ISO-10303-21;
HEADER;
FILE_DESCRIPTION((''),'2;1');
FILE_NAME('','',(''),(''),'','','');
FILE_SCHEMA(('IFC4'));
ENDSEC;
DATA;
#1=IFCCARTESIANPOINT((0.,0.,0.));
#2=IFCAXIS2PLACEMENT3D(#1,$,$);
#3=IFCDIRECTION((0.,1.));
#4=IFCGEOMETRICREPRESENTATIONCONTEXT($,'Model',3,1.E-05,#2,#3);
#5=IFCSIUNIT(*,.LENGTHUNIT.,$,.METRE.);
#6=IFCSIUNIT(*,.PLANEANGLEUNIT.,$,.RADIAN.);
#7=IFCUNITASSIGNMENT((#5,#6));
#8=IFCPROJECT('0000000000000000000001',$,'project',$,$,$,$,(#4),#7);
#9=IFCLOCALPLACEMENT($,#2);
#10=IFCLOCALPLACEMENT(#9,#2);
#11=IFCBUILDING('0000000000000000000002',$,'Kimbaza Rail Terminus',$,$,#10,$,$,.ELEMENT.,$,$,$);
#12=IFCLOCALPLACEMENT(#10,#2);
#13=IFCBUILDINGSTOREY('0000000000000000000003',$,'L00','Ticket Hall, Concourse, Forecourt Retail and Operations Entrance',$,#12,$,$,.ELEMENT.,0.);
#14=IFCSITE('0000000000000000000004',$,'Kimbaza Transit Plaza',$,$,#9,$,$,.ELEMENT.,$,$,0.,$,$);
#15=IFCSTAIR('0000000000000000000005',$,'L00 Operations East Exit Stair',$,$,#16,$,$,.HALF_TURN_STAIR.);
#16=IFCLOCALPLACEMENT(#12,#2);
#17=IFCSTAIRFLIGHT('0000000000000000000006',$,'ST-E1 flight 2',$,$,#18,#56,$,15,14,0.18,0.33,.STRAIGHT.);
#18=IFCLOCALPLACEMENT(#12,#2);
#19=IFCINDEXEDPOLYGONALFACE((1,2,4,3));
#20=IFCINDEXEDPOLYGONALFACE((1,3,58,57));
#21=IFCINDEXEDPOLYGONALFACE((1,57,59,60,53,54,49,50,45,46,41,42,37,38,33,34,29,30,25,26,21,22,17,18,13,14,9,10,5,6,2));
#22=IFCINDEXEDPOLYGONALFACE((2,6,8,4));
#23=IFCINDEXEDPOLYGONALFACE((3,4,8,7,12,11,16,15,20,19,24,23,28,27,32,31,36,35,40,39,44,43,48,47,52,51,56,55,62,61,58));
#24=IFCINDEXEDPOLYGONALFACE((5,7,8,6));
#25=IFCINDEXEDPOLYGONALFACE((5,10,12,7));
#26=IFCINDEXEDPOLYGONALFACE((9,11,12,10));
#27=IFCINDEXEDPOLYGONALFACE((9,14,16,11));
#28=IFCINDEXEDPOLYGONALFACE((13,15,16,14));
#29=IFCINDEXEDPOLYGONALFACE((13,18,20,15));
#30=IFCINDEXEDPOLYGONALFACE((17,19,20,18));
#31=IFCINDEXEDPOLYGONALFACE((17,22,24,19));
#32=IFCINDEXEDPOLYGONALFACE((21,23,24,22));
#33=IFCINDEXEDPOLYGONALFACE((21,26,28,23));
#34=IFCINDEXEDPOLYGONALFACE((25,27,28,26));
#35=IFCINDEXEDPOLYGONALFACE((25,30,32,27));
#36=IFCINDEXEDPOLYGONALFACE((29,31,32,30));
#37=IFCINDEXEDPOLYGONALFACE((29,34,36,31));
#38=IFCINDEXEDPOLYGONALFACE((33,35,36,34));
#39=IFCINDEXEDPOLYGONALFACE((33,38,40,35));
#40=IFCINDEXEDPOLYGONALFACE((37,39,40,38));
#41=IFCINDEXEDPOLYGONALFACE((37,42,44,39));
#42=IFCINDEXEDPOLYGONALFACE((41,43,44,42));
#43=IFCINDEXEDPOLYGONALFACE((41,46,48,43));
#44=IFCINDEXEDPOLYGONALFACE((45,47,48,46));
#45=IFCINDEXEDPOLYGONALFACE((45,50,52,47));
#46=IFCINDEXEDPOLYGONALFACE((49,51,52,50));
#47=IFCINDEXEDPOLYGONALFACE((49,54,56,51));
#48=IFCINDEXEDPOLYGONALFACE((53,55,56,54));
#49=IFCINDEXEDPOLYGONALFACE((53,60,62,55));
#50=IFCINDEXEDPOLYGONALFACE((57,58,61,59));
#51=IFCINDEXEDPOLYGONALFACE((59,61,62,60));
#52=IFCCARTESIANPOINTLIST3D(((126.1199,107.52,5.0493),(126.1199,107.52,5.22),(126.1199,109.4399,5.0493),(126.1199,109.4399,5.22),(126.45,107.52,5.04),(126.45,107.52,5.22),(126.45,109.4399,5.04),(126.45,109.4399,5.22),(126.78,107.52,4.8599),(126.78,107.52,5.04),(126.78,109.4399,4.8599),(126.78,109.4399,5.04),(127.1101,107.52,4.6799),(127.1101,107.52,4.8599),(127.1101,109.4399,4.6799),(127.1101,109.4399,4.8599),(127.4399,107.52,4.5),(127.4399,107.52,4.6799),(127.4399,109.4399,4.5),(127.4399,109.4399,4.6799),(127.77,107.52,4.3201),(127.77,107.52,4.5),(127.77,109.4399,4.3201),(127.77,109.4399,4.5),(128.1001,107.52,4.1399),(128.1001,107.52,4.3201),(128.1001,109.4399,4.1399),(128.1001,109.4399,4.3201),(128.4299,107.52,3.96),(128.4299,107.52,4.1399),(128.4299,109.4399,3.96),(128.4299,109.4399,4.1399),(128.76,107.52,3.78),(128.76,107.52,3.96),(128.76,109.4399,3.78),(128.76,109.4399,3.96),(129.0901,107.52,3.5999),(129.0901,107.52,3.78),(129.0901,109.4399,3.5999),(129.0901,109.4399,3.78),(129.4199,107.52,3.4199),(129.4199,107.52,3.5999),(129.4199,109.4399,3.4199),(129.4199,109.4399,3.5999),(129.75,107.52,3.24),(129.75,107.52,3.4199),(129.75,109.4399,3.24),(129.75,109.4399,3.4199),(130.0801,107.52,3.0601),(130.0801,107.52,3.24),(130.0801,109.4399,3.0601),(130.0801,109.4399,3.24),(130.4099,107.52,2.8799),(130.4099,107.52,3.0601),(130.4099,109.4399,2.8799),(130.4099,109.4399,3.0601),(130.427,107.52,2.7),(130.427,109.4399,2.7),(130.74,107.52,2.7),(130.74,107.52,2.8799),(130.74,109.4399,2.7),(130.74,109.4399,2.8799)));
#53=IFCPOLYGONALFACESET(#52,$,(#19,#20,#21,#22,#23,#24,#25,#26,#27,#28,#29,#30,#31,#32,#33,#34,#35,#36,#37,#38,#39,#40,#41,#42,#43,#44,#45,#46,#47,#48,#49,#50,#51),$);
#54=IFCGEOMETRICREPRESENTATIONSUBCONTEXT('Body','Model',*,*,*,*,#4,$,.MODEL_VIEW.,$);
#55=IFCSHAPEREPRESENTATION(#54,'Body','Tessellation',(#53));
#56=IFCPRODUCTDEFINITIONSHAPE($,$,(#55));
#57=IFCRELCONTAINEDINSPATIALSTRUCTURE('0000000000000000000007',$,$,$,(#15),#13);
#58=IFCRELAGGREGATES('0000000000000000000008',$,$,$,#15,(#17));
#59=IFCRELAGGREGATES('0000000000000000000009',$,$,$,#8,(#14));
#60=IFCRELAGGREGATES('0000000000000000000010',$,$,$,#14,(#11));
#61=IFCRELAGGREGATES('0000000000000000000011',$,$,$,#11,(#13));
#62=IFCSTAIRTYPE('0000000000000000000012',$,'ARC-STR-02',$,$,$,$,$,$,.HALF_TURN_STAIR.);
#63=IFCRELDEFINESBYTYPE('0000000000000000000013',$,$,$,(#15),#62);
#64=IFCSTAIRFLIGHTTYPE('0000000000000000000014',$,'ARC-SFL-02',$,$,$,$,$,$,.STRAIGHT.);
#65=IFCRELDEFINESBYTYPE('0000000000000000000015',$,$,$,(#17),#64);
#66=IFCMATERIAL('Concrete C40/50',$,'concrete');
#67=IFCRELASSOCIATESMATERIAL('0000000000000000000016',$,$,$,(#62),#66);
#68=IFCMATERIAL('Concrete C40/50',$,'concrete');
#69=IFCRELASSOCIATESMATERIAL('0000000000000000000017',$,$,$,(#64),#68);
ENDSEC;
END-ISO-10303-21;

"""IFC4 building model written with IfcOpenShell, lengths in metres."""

from ifc_helpers import new_model, si_unit, direction, frame, origin, place, context, subcontext, project, spatial, polyline, outline, extrude, material, type_object, element, aggregate, save


model = new_model("IFC4")

# Units and contexts
model_context = context("Model", 3, precision=1e-05, world=origin(), true_north=direction((0.0, 1.0)))
body_context = subcontext(model_context, "Body", "Model", "MODEL_VIEW")
ifc_project = project(units=[si_unit("LENGTHUNIT", "METRE"), si_unit("PLANEANGLEUNIT", "RADIAN")], contexts=[model_context])

# Site, building, storey
site_placement = place(None, origin())
site = spatial("IfcSite", under=ifc_project, at=site_placement, Name="Kimbaza Transit Plaza", CompositionType="ELEMENT", RefElevation=0.0)
building_placement = place(site_placement, origin())
building = spatial("IfcBuilding", under=site, at=building_placement, Name="Kimbaza Rail Terminus", CompositionType="ELEMENT")
storey_placement = place(building_placement, origin())
storey = spatial("IfcBuildingStorey", under=building, at=storey_placement, Name="L00", Description="Ticket Hall, Concourse, Forecourt Retail and Operations Entrance", CompositionType="ELEMENT", Elevation=0.0)

# Stair, stair flight
ifc_material_1 = material(Name="Concrete C40/50", Category="concrete")
stair_type = type_object("IfcStairType", Name="ARC-STR-02", PredefinedType="HALF_TURN_STAIR", material=ifc_material_1)
stair_placement = place(storey_placement, origin())
stair = element("IfcStair", 1, at=stair_placement, inside=storey, type_object=stair_type, Name="L00 Operations East Exit Stair", PredefinedType="HALF_TURN_STAIR")
ifc_material_2 = material(Name="Concrete C40/50", Category="concrete")
stair_flight_type = type_object("IfcStairFlightType", Name="ARC-SFL-02", PredefinedType="STRAIGHT", material=ifc_material_2)
stair_flight_placement = place(storey_placement, frame((130.74, 108.48, 2.7), z_axis=(0.0, 0.0, 1.0), x_axis=(-1.0, 0.0, 0.0)))
stair_flight = element("IfcStairFlight", 2, at=stair_flight_placement, type_object=stair_flight_type, Name="ST-E1 flight 2", NumberOfRisers=15, NumberOfTreads=14, PredefinedType="STRAIGHT", RiserHeight=0.18, TreadLength=0.33, context=body_context, shape_type="SweptSolid", body=[
    extrude(outline(polyline([(0.0, 0.0), (0.0, 0.1799), (0.3301, 0.1799), (0.3301, 0.3601), (0.6599, 0.3601), (0.6599, 0.54), (0.99, 0.54), (0.99, 0.72), (1.3201, 0.72), (1.3201, 0.8999), (1.6499, 0.8999), (1.6499, 1.0801), (1.98, 1.0801), (1.98, 1.26), (2.3101, 1.26), (2.3101, 1.4399), (2.6399, 1.4399), (2.6399, 1.6201), (2.97, 1.6201), (2.97, 1.8), (3.3, 1.8), (3.3, 1.98), (3.6299, 1.98), (3.6299, 2.1599), (3.96, 2.1599), (3.96, 2.3401), (4.29, 2.3401), (4.29, 2.52), (4.6201, 2.52), (4.6201, 2.7), (4.6201, 2.3494), (0.313, 0.0), (0.0, 0.0)])), frame((0.0, 0.96, 0.0), z_axis=(0.0, -1.0, 0.0), x_axis=(1.0, 0.0, 0.0)), (0.0, 0.0, 1.0), 1.9199),
])
aggregate(stair, [stair_flight])

save(model, "model.ifc")
